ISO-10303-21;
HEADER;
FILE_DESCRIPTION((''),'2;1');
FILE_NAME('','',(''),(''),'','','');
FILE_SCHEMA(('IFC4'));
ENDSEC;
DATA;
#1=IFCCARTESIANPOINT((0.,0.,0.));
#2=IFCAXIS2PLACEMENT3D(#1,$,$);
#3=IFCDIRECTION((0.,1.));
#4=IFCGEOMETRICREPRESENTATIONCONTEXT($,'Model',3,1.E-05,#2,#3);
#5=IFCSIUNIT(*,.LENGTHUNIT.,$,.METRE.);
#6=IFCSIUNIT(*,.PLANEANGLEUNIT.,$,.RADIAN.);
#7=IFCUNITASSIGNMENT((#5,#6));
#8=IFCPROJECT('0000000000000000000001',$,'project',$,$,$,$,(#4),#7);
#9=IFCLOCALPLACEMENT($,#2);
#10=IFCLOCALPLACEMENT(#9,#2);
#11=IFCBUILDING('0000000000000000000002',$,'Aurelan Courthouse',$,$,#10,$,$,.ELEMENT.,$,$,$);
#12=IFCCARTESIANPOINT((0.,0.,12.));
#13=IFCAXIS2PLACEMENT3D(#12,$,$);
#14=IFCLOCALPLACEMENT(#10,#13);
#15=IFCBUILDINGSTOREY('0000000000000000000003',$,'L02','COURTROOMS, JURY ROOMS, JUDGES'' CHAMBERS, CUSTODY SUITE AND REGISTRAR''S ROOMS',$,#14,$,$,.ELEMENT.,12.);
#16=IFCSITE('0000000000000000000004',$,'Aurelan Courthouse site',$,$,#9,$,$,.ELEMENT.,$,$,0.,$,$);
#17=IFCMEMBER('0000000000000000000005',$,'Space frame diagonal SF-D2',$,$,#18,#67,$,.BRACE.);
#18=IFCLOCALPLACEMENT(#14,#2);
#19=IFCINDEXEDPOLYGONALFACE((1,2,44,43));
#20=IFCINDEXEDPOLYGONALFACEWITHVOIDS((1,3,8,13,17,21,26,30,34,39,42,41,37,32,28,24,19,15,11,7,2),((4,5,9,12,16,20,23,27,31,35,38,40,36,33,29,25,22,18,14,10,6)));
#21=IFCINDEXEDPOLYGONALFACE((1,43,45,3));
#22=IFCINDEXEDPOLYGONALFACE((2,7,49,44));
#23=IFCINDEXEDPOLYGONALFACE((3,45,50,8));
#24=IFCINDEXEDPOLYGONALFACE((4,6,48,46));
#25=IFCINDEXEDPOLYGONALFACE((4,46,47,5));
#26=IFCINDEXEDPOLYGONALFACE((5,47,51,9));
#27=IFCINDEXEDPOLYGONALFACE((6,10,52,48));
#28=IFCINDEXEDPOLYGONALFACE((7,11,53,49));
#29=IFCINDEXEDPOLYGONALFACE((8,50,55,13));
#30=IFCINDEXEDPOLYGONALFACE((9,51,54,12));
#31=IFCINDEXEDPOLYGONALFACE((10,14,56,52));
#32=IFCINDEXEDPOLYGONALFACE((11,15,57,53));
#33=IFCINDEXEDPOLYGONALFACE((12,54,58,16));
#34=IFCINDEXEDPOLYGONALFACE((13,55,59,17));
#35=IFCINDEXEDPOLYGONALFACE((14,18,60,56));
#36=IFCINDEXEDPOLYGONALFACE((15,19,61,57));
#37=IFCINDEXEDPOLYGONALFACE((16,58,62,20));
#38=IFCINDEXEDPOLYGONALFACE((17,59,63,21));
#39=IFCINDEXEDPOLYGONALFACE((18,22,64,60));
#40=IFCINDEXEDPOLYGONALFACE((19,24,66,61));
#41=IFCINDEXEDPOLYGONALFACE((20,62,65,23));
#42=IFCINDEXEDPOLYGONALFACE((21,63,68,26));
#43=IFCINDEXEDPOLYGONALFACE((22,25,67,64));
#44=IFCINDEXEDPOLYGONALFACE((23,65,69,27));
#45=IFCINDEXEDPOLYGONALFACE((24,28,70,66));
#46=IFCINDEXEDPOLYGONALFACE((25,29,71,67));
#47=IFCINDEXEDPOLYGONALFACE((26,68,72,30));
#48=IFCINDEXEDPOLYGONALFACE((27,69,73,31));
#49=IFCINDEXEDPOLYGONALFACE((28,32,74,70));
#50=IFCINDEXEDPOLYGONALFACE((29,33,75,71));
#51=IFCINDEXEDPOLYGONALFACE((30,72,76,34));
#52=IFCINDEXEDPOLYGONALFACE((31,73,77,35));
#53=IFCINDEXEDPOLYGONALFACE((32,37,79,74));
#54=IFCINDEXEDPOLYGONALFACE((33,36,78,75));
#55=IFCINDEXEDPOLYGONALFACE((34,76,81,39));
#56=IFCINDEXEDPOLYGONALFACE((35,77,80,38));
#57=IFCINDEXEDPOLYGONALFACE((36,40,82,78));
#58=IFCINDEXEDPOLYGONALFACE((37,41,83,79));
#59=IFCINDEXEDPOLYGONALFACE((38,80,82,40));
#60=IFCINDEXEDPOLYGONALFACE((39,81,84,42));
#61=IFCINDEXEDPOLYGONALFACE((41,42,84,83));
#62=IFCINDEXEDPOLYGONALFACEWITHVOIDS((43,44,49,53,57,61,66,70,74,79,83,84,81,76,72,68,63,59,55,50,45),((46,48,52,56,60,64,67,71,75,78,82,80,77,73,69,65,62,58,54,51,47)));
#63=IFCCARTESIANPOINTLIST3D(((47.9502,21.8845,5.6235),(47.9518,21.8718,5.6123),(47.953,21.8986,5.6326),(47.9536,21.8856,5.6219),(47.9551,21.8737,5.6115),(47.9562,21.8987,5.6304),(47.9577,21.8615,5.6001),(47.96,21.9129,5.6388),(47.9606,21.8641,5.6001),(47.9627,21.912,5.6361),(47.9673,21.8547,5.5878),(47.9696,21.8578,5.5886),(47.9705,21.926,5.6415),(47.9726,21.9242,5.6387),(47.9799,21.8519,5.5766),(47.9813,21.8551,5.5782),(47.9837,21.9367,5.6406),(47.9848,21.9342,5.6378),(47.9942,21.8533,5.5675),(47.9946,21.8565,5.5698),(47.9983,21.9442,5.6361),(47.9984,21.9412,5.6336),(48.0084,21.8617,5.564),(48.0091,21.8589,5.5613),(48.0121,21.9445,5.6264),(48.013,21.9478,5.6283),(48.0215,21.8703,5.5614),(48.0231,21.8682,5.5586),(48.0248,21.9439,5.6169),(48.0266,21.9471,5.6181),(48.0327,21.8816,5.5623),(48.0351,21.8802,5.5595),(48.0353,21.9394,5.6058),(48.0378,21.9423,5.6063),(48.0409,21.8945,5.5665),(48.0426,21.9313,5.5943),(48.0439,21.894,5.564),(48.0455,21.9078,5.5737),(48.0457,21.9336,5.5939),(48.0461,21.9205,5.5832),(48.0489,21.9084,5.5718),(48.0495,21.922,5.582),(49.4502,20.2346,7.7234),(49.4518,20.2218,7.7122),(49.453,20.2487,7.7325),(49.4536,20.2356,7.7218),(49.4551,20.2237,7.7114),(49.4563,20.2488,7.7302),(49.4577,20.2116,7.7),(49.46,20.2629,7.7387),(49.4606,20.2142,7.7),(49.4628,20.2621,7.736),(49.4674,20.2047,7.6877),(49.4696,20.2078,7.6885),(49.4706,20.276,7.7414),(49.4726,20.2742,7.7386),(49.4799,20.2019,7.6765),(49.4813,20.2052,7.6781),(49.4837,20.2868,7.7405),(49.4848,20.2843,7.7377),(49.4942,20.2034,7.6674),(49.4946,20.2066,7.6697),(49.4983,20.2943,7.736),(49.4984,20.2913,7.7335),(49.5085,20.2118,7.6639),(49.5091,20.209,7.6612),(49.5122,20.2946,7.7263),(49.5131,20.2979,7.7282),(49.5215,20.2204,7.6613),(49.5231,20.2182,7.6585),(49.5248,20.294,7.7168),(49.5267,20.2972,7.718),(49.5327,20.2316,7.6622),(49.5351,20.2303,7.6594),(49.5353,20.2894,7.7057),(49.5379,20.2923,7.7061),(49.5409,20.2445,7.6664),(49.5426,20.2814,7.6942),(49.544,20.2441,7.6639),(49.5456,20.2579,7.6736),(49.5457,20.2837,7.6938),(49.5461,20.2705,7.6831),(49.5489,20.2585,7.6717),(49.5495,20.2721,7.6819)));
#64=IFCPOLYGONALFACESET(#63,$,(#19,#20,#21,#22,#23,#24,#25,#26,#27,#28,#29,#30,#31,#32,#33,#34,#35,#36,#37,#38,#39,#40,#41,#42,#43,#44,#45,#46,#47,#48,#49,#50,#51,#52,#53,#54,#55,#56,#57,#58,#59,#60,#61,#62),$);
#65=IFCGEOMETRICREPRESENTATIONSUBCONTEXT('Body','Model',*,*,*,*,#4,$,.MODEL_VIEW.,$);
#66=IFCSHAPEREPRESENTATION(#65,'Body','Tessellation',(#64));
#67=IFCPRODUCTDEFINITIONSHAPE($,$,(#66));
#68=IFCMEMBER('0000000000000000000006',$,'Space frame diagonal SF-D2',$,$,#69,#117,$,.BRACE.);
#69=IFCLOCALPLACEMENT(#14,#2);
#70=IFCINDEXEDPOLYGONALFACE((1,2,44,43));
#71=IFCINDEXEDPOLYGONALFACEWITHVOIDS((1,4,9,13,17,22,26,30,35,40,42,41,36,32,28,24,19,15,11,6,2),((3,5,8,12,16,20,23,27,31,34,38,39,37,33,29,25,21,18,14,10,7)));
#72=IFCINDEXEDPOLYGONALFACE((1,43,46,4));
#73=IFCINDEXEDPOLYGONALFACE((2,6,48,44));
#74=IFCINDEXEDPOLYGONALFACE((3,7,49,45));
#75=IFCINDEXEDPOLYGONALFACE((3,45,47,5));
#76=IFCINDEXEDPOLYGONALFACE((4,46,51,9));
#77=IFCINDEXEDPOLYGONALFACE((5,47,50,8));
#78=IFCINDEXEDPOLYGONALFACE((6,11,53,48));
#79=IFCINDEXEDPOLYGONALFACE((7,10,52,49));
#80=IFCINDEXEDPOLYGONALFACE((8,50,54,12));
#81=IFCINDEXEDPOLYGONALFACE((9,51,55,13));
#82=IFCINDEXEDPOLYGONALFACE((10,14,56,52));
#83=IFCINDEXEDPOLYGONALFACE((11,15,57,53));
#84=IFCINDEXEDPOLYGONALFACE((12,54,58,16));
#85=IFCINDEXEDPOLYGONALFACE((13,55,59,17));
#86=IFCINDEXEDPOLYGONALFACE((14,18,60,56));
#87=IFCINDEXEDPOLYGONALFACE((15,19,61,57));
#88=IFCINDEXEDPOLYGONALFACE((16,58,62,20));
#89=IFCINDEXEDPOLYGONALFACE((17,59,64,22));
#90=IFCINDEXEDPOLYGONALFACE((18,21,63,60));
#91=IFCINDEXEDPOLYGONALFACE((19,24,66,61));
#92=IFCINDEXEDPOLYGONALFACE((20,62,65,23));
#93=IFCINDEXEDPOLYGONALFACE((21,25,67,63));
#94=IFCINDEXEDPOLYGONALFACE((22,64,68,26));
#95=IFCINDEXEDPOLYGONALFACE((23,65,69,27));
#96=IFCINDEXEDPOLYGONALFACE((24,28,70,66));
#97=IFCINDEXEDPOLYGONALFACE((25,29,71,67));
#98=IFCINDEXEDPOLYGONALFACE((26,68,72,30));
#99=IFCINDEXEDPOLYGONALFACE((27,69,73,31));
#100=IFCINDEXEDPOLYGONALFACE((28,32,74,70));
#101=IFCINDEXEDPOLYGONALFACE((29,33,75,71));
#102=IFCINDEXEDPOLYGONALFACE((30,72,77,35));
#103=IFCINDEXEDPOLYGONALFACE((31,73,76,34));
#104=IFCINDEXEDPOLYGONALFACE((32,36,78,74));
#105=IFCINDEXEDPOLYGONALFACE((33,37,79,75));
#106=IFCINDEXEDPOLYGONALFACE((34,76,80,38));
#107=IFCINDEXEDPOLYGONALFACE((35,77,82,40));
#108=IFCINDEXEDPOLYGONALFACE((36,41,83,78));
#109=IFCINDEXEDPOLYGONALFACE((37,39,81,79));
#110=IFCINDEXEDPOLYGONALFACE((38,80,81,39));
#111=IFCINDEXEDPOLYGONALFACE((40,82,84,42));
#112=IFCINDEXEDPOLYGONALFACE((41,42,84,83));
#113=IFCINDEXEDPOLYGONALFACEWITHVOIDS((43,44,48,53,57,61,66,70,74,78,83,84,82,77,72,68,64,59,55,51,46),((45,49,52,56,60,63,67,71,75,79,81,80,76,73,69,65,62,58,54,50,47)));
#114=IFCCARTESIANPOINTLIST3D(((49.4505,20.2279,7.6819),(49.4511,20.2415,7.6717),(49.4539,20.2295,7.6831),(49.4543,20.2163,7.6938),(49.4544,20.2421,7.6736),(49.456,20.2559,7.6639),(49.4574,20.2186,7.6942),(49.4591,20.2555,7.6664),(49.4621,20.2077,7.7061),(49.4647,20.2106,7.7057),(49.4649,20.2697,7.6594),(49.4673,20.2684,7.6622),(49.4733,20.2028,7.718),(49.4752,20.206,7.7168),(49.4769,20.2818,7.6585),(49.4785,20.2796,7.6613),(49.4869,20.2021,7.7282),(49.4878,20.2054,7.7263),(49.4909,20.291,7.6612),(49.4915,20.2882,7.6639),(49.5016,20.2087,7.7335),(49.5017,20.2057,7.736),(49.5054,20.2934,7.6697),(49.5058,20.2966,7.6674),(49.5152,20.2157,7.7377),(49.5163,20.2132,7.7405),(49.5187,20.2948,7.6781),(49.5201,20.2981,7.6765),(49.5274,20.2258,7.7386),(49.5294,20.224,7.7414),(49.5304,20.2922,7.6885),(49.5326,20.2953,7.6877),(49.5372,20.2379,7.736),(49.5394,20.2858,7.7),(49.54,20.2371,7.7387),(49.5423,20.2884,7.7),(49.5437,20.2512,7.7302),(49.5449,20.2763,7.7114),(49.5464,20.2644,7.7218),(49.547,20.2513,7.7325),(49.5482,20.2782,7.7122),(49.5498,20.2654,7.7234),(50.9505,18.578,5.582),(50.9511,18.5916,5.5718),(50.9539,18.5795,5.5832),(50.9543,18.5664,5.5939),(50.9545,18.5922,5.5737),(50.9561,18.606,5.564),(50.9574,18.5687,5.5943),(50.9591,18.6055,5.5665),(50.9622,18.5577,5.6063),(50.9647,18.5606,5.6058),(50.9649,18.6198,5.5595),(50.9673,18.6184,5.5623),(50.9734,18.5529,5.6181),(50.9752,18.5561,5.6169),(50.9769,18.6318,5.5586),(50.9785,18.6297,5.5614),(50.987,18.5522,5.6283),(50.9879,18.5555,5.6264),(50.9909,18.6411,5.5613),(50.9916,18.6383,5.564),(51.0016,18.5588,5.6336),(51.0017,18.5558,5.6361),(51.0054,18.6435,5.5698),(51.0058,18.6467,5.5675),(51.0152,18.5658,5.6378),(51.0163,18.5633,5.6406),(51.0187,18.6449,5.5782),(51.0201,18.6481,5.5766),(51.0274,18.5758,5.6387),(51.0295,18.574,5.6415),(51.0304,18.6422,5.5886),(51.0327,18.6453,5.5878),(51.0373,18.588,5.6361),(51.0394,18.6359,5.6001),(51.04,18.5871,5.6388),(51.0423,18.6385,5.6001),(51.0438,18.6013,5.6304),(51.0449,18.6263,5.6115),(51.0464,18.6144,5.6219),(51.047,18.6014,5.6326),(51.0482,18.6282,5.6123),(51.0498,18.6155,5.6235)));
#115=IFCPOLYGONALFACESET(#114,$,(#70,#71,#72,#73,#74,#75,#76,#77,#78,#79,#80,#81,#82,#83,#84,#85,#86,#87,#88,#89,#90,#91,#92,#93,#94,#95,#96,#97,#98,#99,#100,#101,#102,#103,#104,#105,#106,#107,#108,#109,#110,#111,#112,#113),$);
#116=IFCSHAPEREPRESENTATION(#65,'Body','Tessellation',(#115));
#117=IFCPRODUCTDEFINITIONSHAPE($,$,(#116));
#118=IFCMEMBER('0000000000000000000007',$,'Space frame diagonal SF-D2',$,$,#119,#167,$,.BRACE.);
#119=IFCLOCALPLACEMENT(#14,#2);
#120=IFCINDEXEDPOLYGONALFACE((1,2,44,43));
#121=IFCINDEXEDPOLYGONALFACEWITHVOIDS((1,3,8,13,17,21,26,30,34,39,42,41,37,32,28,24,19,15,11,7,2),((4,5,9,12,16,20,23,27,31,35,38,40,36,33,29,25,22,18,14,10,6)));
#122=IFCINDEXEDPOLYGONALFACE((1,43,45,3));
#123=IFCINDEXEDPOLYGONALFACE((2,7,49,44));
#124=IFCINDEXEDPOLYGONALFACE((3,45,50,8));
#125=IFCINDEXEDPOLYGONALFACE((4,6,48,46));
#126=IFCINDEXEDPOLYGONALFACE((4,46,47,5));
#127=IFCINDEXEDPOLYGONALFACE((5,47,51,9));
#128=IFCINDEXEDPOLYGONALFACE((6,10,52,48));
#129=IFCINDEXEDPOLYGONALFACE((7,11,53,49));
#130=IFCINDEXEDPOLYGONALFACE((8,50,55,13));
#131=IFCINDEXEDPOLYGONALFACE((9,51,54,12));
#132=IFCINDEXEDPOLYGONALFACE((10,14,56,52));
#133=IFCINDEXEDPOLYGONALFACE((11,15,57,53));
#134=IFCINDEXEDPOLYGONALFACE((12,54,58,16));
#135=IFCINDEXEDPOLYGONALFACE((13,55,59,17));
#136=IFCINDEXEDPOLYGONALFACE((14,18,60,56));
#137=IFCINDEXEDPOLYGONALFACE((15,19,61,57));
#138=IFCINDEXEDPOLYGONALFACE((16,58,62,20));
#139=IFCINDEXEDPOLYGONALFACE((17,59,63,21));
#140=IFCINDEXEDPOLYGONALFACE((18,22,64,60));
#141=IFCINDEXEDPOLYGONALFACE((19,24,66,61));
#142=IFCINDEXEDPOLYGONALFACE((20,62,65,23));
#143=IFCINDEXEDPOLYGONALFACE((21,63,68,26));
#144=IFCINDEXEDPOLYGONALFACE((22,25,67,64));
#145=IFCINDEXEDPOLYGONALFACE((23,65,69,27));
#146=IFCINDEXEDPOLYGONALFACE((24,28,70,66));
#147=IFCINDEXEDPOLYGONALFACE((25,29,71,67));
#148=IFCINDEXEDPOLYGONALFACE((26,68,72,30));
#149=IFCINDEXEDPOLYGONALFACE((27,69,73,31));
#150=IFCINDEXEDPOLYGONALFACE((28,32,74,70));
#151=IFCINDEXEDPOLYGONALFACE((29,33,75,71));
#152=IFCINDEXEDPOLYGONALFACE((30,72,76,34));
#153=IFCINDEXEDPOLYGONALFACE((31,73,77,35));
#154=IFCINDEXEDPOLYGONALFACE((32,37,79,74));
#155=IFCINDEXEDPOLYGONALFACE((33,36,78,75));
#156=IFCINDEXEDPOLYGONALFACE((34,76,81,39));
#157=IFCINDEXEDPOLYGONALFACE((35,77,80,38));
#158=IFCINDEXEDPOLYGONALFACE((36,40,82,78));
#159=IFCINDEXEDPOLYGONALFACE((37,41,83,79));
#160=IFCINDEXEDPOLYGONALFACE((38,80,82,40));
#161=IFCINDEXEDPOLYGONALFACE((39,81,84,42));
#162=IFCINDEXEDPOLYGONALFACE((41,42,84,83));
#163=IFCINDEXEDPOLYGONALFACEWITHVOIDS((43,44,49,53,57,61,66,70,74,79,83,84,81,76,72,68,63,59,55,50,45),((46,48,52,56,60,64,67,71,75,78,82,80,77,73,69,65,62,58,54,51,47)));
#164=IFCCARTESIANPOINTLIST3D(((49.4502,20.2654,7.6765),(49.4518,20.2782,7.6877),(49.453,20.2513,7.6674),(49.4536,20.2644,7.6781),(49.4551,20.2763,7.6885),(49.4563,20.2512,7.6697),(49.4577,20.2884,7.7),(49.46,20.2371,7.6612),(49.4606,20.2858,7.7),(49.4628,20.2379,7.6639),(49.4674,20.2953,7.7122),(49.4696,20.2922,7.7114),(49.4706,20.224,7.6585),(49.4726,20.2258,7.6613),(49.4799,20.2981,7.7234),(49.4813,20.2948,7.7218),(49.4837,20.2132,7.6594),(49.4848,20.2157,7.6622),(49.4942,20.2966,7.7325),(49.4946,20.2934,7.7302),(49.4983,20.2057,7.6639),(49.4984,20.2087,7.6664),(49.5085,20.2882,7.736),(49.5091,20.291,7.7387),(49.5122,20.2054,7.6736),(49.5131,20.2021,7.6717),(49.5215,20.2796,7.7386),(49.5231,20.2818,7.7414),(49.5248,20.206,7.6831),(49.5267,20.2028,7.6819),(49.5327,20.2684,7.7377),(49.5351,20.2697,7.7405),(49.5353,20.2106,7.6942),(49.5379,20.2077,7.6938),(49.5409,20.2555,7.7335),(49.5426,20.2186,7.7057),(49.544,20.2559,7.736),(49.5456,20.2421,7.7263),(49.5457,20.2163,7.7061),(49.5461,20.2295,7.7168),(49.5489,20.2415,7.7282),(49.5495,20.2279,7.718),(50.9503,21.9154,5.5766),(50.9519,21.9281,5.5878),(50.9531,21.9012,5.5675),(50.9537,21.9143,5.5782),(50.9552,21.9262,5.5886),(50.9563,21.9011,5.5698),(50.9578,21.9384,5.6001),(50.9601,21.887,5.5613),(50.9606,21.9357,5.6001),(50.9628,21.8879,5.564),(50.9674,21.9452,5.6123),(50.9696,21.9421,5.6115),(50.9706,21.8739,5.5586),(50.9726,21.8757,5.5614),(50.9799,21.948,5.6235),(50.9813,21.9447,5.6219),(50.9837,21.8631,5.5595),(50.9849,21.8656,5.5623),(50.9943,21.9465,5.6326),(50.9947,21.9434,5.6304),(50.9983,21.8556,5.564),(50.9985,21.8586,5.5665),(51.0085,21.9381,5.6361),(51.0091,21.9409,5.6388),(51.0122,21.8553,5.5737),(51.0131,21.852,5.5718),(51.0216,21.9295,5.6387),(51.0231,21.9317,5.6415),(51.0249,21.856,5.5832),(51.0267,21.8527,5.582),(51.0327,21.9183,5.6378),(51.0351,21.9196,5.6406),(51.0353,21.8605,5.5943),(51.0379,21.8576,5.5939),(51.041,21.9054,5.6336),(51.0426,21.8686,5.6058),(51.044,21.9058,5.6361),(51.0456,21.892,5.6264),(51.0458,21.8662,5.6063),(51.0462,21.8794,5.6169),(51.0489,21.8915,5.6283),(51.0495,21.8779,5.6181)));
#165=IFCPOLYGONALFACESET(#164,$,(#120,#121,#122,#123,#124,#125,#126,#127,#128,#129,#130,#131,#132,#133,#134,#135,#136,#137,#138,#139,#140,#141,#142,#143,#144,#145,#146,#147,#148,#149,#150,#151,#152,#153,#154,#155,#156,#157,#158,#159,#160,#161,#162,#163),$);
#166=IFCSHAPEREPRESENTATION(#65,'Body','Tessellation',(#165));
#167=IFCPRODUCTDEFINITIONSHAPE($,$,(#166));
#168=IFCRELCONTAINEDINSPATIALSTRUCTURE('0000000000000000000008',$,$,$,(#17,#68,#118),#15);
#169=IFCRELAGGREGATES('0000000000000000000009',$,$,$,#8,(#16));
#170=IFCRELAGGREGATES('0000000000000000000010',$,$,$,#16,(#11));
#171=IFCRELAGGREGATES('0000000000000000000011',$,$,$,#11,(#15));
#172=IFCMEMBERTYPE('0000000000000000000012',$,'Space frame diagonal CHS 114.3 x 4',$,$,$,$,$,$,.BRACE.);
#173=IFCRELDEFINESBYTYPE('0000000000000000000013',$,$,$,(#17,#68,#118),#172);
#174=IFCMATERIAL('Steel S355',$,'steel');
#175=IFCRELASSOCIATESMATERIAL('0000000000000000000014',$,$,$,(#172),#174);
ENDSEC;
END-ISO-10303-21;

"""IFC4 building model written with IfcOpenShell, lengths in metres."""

from ifc_helpers import new_model, si_unit, direction, frame, origin, origin_2d, place, context, subcontext, project, spatial, hollow_circle, extrude, material, material_profile, profile_set, type_object, element, save


model = new_model("IFC4")

# Units and contexts
model_context = context("Model", 3, precision=1e-05, world=origin(), true_north=direction((0.0, 1.0)))
body_context = subcontext(model_context, "Body", "Model", "MODEL_VIEW")
ifc_project = project(units=[si_unit("LENGTHUNIT", "METRE"), si_unit("PLANEANGLEUNIT", "RADIAN")], contexts=[model_context])

# Site, building, storey
site_placement = place(None, origin())
site = spatial("IfcSite", under=ifc_project, at=site_placement, Name="Aurelan Courthouse site", CompositionType="ELEMENT", RefElevation=0.0)
building_placement = place(site_placement, origin())
building = spatial("IfcBuilding", under=site, at=building_placement, Name="Aurelan Courthouse", CompositionType="ELEMENT")
storey_placement = place(building_placement, frame((0.0, 0.0, 12.0)))
storey = spatial("IfcBuildingStorey", under=building, at=storey_placement, Name="L02", Description="COURTROOMS, JURY ROOMS, JUDGES' CHAMBERS, CUSTODY SUITE AND REGISTRAR'S ROOMS", CompositionType="ELEMENT", Elevation=12.0)

# Members
ifc_material_1 = material(Name="Steel S355", Category="steel")
ifc_material_profile_1 = material_profile(ifc_material_1, hollow_circle(Radius=0.0571, WallThickness=0.0039, at=origin_2d()), Name="CHS 114.3 x 4")
ifc_profile_set_1 = profile_set([ifc_material_profile_1], Name="Steel S355")
member_type_1 = type_object("IfcMemberType", Name="Space frame diagonal CHS 114.3 x 4", PredefinedType="BRACE", material=ifc_profile_set_1)
for number, where, z_axis, x_axis, name in (
    (1, (49.5, 20.25, 7.7), (-0.489727, 0.538667, -0.685569), (-0.73992, -0.672695, 0.0), "Space frame diagonal SF-D2"),
    (2, (49.5, 20.25, 7.7), (0.489727, -0.538667, -0.685569), (0.73992, 0.672695, 0.0), "Space frame diagonal SF-D2"),
    (3, (49.5, 20.25, 7.7), (0.489727, 0.538667, -0.685569), (-0.73992, 0.672695, 0.0), "Space frame diagonal SF-D2"),
):
    element("IfcMember", number, at=place(storey_placement, frame(where, z_axis=z_axis, x_axis=x_axis)), inside=storey, type_object=member_type_1, Name=name, PredefinedType="BRACE", context=body_context, shape_type="SweptSolid", body=[
        extrude(hollow_circle(Radius=0.0571, WallThickness=0.0039, at=origin_2d()), origin(), (0.0, 0.0, 1.0), 3.063),
    ])

save(model, "model.ifc")
